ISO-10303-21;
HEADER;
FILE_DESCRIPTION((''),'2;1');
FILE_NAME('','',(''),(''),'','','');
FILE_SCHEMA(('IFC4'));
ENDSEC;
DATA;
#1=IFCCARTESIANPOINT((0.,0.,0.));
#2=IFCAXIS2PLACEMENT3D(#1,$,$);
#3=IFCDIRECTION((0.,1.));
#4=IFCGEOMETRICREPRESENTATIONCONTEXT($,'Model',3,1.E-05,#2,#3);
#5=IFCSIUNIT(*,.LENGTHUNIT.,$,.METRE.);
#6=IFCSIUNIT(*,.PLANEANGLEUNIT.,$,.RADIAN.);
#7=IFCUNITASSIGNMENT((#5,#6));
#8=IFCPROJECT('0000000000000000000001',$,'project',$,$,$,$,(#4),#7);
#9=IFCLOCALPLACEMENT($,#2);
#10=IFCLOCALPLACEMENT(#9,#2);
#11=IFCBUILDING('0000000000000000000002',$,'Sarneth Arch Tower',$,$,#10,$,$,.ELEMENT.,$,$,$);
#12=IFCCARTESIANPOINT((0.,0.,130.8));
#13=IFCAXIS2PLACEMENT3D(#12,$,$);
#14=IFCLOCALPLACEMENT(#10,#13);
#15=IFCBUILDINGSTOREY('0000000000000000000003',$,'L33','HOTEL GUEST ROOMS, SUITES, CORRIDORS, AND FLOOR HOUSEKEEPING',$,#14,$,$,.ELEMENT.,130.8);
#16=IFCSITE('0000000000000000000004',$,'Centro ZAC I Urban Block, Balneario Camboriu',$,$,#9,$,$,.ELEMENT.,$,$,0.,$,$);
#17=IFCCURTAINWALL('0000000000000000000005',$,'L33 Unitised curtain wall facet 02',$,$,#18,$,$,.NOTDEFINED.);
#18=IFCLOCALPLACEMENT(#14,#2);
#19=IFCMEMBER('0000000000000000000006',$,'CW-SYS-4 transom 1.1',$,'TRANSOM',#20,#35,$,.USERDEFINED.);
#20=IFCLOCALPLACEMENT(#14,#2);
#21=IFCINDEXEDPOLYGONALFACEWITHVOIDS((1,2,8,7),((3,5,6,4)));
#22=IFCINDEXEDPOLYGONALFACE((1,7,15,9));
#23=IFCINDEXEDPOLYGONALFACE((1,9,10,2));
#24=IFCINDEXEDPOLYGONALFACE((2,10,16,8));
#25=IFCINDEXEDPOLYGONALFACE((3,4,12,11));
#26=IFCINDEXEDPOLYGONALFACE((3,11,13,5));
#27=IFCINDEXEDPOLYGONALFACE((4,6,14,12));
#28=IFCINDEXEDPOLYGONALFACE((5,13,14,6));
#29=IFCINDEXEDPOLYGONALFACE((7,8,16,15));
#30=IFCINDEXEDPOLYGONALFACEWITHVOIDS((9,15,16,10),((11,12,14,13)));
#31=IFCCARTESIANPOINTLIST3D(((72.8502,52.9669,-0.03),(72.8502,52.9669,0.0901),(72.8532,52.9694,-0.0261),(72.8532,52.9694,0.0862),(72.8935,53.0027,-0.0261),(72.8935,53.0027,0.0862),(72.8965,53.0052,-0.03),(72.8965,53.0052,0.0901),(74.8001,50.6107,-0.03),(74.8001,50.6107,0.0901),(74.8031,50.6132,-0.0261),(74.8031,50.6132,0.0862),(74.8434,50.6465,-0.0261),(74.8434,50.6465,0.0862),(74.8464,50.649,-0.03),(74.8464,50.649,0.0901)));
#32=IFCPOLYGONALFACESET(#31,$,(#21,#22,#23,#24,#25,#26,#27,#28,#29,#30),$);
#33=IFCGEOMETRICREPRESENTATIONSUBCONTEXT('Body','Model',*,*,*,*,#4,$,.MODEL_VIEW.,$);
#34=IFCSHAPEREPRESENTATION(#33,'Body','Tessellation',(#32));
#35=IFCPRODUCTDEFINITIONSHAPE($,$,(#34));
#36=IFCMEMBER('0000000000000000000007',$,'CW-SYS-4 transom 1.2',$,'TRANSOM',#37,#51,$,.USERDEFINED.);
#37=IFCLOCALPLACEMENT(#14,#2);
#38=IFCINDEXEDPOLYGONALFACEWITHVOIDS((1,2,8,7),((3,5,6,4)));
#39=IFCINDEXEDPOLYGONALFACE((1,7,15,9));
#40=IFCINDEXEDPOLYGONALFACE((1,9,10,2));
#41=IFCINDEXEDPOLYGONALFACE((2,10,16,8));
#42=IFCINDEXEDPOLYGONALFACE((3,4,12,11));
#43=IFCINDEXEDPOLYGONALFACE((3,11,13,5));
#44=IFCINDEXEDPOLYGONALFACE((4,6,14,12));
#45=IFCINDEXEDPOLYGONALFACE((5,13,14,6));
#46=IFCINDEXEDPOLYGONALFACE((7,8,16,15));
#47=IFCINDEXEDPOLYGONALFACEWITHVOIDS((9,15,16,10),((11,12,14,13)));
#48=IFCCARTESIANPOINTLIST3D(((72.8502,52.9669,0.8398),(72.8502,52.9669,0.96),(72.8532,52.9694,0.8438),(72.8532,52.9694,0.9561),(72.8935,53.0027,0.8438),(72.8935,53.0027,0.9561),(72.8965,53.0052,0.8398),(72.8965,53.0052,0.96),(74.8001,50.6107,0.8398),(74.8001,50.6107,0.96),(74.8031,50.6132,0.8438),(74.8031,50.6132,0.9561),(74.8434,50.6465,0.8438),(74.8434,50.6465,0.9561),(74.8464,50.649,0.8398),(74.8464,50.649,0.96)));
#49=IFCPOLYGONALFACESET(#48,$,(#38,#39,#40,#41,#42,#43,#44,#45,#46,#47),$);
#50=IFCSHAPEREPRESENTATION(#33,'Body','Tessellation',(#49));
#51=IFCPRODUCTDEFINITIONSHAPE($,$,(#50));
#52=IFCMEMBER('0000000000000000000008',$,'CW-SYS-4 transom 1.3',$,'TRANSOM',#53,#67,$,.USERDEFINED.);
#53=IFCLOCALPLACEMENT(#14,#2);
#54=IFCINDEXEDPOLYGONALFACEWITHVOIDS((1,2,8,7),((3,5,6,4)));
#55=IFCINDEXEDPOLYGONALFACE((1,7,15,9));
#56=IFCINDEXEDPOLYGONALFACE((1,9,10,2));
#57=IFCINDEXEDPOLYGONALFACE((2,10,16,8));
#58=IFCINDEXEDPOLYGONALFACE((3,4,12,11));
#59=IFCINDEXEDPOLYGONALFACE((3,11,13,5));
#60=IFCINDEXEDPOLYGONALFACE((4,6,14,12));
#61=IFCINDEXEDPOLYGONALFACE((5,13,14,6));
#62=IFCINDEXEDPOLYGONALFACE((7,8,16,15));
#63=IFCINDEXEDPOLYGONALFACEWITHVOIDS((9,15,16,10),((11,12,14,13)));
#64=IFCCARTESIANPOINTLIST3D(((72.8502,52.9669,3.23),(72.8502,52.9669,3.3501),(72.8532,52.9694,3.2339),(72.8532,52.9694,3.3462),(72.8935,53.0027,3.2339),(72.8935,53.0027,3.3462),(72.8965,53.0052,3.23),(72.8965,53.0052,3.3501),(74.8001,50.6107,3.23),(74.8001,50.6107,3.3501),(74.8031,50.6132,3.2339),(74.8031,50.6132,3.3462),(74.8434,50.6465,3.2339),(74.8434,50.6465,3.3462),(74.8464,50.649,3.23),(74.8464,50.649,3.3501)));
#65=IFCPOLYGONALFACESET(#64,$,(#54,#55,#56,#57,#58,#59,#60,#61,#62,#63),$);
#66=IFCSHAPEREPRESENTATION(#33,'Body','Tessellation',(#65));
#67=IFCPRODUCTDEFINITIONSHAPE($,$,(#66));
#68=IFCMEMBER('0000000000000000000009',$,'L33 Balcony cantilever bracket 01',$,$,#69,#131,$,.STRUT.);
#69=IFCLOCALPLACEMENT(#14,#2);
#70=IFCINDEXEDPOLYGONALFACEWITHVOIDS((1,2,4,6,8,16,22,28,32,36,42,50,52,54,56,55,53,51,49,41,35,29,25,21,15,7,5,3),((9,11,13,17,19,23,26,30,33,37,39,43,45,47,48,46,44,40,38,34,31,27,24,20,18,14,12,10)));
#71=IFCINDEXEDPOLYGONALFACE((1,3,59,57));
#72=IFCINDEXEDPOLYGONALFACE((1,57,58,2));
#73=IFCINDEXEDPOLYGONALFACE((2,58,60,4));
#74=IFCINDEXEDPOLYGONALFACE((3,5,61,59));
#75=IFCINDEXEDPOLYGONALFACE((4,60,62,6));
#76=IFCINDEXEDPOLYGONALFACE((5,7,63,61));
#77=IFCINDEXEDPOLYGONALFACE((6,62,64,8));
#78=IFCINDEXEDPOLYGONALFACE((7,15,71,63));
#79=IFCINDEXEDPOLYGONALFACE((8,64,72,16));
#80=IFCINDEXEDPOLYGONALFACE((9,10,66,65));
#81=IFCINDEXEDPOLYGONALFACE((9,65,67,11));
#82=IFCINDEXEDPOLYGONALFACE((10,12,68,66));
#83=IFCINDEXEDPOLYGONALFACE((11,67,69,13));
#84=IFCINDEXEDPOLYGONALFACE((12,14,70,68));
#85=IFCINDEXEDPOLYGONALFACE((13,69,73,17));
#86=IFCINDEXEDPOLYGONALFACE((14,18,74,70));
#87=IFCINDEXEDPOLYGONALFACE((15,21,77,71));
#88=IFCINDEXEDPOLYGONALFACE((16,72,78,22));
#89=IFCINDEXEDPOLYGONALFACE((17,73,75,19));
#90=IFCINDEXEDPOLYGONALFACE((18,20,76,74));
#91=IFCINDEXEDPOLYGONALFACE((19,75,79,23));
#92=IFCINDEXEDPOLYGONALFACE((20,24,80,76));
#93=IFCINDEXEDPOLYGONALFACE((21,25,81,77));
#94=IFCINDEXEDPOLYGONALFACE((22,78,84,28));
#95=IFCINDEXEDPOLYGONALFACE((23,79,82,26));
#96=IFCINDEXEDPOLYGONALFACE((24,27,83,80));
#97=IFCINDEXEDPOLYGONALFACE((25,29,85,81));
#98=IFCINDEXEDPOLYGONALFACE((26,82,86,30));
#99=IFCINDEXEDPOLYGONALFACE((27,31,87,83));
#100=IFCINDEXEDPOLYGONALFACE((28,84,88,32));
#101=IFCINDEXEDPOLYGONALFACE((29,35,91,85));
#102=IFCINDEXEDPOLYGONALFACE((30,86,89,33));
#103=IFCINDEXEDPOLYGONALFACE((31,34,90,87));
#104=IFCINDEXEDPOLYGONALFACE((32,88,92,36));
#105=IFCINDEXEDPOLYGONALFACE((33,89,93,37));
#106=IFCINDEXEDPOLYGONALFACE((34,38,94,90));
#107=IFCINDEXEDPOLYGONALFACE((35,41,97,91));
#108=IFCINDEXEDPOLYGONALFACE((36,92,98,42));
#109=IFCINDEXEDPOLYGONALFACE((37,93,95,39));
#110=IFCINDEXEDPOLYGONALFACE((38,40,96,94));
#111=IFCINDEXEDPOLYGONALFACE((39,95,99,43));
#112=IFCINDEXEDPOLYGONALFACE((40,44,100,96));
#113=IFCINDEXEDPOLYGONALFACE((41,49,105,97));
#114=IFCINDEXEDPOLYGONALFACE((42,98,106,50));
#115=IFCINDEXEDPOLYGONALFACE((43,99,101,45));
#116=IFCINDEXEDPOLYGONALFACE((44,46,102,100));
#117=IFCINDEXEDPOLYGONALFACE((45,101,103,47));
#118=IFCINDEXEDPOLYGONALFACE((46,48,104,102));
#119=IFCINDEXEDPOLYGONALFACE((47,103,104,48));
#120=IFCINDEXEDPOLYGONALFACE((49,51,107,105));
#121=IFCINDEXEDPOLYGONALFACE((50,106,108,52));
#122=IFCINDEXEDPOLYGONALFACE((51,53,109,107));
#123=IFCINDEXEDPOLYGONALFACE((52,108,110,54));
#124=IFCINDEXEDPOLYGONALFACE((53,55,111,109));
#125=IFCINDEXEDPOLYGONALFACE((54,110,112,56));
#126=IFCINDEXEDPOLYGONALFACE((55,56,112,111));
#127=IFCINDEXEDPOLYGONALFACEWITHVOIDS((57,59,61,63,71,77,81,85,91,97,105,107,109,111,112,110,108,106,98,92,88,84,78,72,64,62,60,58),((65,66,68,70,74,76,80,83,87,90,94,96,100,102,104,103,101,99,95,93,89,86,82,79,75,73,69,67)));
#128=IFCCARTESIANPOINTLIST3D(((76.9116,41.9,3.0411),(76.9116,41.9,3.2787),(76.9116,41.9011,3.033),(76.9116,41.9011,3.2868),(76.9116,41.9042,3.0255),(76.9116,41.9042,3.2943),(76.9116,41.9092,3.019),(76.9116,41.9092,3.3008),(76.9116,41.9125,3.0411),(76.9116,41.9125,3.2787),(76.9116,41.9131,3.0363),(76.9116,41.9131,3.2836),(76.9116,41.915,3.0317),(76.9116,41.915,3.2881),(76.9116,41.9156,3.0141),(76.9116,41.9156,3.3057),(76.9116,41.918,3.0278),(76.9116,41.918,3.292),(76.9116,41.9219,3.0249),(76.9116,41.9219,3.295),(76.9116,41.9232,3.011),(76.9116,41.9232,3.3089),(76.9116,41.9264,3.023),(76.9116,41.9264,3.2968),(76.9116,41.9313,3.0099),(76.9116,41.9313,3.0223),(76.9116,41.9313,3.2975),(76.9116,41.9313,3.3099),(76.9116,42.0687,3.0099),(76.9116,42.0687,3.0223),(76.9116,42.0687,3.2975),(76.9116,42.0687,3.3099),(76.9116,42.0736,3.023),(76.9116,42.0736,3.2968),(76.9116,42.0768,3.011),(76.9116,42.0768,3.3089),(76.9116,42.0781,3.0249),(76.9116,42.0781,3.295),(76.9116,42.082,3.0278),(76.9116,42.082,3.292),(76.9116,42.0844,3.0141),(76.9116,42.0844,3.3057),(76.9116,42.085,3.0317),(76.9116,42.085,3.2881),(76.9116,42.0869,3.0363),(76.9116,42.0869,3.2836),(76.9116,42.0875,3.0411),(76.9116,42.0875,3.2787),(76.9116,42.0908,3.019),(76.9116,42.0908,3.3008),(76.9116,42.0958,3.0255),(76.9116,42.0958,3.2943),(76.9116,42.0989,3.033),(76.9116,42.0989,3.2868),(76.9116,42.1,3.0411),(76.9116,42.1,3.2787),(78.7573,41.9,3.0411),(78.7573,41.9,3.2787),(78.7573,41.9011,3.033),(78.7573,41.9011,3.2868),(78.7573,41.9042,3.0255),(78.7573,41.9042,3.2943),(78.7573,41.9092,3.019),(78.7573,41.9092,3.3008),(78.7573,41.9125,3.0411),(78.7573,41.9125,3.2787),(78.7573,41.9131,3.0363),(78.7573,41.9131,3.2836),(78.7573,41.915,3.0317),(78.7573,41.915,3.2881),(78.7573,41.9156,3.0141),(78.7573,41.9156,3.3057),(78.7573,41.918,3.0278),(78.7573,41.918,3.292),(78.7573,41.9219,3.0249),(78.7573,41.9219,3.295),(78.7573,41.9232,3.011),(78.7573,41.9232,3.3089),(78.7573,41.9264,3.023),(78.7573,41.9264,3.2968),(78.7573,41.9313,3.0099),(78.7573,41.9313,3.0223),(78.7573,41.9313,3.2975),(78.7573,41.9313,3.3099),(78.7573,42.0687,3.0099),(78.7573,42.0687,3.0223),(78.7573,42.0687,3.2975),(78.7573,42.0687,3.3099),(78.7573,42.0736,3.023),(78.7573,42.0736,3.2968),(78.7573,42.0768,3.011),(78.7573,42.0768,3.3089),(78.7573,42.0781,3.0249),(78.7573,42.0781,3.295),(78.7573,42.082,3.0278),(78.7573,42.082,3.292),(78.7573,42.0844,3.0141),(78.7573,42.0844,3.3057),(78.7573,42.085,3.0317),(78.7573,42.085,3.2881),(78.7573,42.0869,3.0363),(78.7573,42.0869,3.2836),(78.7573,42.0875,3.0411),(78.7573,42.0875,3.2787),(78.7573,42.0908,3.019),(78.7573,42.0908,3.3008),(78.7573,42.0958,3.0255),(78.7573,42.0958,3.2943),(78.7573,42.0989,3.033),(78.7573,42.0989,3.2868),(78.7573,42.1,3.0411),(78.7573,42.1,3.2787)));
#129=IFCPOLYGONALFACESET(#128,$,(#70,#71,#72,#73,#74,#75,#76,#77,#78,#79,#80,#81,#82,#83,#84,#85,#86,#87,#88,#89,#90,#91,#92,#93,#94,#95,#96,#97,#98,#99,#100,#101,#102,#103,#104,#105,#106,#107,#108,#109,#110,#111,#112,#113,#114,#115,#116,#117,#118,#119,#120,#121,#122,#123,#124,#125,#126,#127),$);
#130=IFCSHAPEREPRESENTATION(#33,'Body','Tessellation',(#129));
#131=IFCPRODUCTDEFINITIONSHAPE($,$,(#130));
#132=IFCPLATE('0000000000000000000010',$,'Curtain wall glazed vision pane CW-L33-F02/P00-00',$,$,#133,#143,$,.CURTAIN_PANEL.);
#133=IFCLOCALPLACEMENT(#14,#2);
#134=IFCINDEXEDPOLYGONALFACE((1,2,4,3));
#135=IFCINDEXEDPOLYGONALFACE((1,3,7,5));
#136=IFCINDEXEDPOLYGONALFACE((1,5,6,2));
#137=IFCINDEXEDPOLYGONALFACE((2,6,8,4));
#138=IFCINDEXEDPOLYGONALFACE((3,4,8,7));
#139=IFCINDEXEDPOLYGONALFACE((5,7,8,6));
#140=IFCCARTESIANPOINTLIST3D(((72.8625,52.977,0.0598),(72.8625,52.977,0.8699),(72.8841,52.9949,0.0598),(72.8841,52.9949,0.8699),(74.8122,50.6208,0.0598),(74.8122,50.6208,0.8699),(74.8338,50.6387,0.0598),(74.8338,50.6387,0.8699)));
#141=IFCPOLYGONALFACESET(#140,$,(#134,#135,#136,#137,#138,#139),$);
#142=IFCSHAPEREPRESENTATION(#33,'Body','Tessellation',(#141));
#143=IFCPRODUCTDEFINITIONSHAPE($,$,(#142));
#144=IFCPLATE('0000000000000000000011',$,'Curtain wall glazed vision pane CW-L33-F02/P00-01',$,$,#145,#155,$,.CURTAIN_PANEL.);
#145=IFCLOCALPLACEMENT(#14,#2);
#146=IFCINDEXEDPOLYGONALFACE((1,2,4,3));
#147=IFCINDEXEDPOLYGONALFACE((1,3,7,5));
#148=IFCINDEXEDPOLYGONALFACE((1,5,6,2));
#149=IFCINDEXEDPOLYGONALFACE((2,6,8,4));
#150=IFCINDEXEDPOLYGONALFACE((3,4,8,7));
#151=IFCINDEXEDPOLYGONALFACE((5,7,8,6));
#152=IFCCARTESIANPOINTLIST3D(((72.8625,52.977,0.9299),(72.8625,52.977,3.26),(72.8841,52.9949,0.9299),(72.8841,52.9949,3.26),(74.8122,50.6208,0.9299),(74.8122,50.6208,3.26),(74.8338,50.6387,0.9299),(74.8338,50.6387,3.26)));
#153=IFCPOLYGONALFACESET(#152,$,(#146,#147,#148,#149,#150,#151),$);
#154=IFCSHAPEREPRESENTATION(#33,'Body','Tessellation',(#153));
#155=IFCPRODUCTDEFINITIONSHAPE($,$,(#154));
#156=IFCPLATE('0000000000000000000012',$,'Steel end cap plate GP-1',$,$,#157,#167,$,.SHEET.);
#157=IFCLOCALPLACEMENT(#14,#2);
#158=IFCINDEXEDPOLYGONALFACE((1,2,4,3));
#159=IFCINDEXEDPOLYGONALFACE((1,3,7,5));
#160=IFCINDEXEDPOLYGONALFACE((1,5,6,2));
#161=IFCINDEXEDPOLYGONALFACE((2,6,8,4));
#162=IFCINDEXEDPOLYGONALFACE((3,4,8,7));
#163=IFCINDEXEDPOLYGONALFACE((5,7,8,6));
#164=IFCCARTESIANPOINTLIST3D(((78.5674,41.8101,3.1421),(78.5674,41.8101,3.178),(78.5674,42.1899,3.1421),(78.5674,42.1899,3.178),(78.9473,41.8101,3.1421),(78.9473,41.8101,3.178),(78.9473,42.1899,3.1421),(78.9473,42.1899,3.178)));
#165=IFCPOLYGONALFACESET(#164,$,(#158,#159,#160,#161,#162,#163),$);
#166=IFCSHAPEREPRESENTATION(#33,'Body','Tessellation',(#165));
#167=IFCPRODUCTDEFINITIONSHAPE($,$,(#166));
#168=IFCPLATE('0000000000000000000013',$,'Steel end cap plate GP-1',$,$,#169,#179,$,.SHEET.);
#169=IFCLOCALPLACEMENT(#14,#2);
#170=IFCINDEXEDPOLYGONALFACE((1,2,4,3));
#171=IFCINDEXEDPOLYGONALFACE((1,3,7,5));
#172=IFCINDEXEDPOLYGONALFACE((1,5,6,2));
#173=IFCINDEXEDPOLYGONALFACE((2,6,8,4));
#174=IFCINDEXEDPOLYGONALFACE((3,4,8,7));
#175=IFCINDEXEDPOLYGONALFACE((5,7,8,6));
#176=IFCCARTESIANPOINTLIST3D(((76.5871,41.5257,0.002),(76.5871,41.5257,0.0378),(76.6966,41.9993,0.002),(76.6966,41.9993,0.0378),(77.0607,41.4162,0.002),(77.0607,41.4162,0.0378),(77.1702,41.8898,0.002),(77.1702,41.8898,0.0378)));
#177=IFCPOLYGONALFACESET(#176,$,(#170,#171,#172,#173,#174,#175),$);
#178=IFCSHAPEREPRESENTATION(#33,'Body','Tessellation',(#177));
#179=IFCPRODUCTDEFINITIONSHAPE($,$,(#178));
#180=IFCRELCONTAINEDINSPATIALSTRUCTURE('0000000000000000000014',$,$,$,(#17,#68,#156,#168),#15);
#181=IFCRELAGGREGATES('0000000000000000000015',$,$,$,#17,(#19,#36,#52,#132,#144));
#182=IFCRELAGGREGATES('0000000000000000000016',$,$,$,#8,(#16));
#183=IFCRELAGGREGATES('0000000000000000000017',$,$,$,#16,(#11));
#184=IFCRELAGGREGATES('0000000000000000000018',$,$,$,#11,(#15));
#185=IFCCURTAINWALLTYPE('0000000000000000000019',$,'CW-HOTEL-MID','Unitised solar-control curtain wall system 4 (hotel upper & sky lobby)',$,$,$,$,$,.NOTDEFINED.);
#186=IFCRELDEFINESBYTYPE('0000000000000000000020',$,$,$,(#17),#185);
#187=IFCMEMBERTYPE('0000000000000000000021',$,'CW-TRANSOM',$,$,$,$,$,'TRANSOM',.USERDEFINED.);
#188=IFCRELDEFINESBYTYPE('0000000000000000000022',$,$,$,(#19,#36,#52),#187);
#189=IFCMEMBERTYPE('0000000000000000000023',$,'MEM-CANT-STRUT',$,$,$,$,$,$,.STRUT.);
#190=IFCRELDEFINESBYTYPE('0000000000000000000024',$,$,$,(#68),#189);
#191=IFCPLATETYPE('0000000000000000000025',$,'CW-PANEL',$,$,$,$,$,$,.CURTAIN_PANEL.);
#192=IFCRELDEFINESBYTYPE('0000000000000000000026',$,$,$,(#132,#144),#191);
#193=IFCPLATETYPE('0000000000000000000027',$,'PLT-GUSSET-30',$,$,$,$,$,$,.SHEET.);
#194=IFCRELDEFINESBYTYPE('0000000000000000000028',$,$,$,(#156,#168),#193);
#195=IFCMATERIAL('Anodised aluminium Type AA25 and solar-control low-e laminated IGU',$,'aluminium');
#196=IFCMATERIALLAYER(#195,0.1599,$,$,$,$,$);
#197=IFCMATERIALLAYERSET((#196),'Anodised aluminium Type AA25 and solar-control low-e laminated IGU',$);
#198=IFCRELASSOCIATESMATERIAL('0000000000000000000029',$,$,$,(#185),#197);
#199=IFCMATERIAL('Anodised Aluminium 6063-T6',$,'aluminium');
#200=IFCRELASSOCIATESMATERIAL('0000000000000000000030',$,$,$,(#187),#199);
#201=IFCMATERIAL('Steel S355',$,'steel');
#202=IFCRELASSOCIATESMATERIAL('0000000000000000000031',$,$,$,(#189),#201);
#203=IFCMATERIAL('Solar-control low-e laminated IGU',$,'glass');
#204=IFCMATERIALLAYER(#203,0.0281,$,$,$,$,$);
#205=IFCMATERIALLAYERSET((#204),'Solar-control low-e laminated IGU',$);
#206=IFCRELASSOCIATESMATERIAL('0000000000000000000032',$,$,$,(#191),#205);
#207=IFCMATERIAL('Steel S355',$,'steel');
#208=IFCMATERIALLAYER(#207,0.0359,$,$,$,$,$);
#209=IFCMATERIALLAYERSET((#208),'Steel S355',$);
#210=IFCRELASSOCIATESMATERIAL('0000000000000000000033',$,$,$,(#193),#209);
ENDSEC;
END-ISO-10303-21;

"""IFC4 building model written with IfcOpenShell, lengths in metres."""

from ifc_helpers import new_model, si_unit, direction, frame, origin, origin_2d, place, context, subcontext, project, spatial, rectangle, hollow_rectangle, extrude, material, layer, layer_set, material_profile, profile_set, type_object, element, aggregate, save


model = new_model("IFC4")

# Units and contexts
model_context = context("Model", 3, precision=1e-05, world=origin(), true_north=direction((0.0, 1.0)))
body_context = subcontext(model_context, "Body", "Model", "MODEL_VIEW")
ifc_project = project(units=[si_unit("LENGTHUNIT", "METRE"), si_unit("PLANEANGLEUNIT", "RADIAN")], contexts=[model_context])

# Site, building, storey
site_placement = place(None, origin())
site = spatial("IfcSite", under=ifc_project, at=site_placement, Name="Centro ZAC I Urban Block, Balneario Camboriu", CompositionType="ELEMENT", RefElevation=0.0)
building_placement = place(site_placement, origin())
building = spatial("IfcBuilding", under=site, at=building_placement, Name="Sarneth Arch Tower", CompositionType="ELEMENT")
storey_placement = place(building_placement, frame((0.0, 0.0, 130.8)))
storey = spatial("IfcBuildingStorey", under=building, at=storey_placement, Name="L33", Description="HOTEL GUEST ROOMS, SUITES, CORRIDORS, AND FLOOR HOUSEKEEPING", CompositionType="ELEMENT", Elevation=130.8)

# Curtain wall, members
ifc_material_1 = material(Name="Anodised aluminium Type AA25 and solar-control low-e laminated IGU", Category="aluminium")
ifc_layer_1 = layer(ifc_material_1, 0.1599)
ifc_layer_set_1 = layer_set([ifc_layer_1], Name="Anodised aluminium Type AA25 and solar-control low-e laminated IGU")
curtain_wall_type = type_object("IfcCurtainWallType", Name="CW-HOTEL-MID", Description="Unitised solar-control curtain wall system 4 (hotel upper & sky lobby)", PredefinedType="NOTDEFINED", material=ifc_layer_set_1)
curtain_wall_placement = place(storey_placement, origin())
curtain_wall = element("IfcCurtainWall", 1, at=curtain_wall_placement, inside=storey, type_object=curtain_wall_type, Name="L33 Unitised curtain wall facet 02", PredefinedType="NOTDEFINED")
ifc_material_2 = material(Name="Anodised Aluminium 6063-T6", Category="aluminium")
ifc_material_profile_1 = material_profile(ifc_material_2, hollow_rectangle(XDim=0.0601, YDim=0.1201, WallThickness=0.0039, at=origin_2d()), Name="AL-TRAN-120x60x4")
ifc_profile_set_1 = profile_set([ifc_material_profile_1], Name="Anodised Aluminium 6063-T6")
member_type_1 = type_object("IfcMemberType", Name="CW-TRANSOM", ElementType="TRANSOM", PredefinedType="USERDEFINED", material=ifc_profile_set_1)
member_1_placement = place(storey_placement, frame((74.8232, 50.6299, 0.03), z_axis=(-0.637566, 0.770396, 0.0), x_axis=(-0.770396, -0.637566, 0.0)))
member_1 = element("IfcMember", 2, at=member_1_placement, type_object=member_type_1, Name="CW-SYS-4 transom 1.1", ObjectType="TRANSOM", PredefinedType="USERDEFINED", context=body_context, shape_type="SweptSolid", body=[
    extrude(hollow_rectangle(XDim=0.0601, YDim=0.1201, WallThickness=0.0039, at=origin_2d()), origin(), (0.0, 0.0, 1.0), 3.0583),
])
member_2_placement = place(storey_placement, frame((74.8232, 50.6299, 0.8999), z_axis=(-0.637566, 0.770396, 0.0), x_axis=(-0.770396, -0.637566, 0.0)))
member_2 = element("IfcMember", 3, at=member_2_placement, type_object=member_type_1, Name="CW-SYS-4 transom 1.2", ObjectType="TRANSOM", PredefinedType="USERDEFINED", context=body_context, shape_type="SweptSolid", body=[
    extrude(hollow_rectangle(XDim=0.0601, YDim=0.1201, WallThickness=0.0039, at=origin_2d()), origin(), (0.0, 0.0, 1.0), 3.0583),
])
member_3_placement = place(storey_placement, frame((74.8232, 50.6299, 3.29), z_axis=(-0.637566, 0.770396, 0.0), x_axis=(-0.770396, -0.637566, 0.0)))
member_3 = element("IfcMember", 4, at=member_3_placement, type_object=member_type_1, Name="CW-SYS-4 transom 1.3", ObjectType="TRANSOM", PredefinedType="USERDEFINED", context=body_context, shape_type="SweptSolid", body=[
    extrude(hollow_rectangle(XDim=0.0601, YDim=0.1201, WallThickness=0.0039, at=origin_2d()), origin(), (0.0, 0.0, 1.0), 3.0583),
])

# Member
ifc_material_3 = material(Name="Steel S355", Category="steel")
ifc_material_profile_2 = material_profile(ifc_material_3, hollow_rectangle(XDim=0.2, YDim=0.3, WallThickness=0.0125, InnerFilletRadius=0.0188, OuterFilletRadius=0.0312, at=origin_2d()), Name="RHS300x200x12.5")
ifc_profile_set_2 = profile_set([ifc_material_profile_2], Name="Steel S355")
member_type_2 = type_object("IfcMemberType", Name="MEM-CANT-STRUT", PredefinedType="STRUT", material=ifc_profile_set_2)
member_4_placement = place(storey_placement, frame((76.9116, 42.0, 3.1599), z_axis=(1.0, 0.0, 0.0), x_axis=(0.0, 1.0, 0.0)))
element("IfcMember", 5, at=member_4_placement, inside=storey, type_object=member_type_2, Name="L33 Balcony cantilever bracket 01", PredefinedType="STRUT", context=body_context, shape_type="SweptSolid", body=[
    extrude(hollow_rectangle(XDim=0.2, YDim=0.3, WallThickness=0.0125, InnerFilletRadius=0.0188, OuterFilletRadius=0.0312, at=origin_2d()), origin(), (0.0, 0.0, 1.0), 1.8457),
])

# Plates
ifc_material_4 = material(Name="Solar-control low-e laminated IGU", Category="glass")
ifc_layer_2 = layer(ifc_material_4, 0.0281)
ifc_layer_set_2 = layer_set([ifc_layer_2], Name="Solar-control low-e laminated IGU")
plate_type_1 = type_object("IfcPlateType", Name="CW-PANEL", PredefinedType="CURTAIN_PANEL", material=ifc_layer_set_2)
plate_1_placement = place(storey_placement, frame((73.8481, 51.8079, 0.0598), z_axis=(0.0, 0.0, 1.0), x_axis=(-0.637515, 0.770438, 0.0)))
plate_1 = element("IfcPlate", 6, at=plate_1_placement, type_object=plate_type_1, Name="Curtain wall glazed vision pane CW-L33-F02/P00-00", PredefinedType="CURTAIN_PANEL", context=body_context, shape_type="SweptSolid", body=[
    extrude(rectangle(XDim=3.0583, YDim=0.0281, at=origin_2d()), origin(), (0.0, 0.0, 1.0), 0.8101),
])
plate_2_placement = place(storey_placement, frame((73.8481, 51.8079, 0.9299), z_axis=(0.0, 0.0, 1.0), x_axis=(-0.637515, 0.770438, 0.0)))
plate_2 = element("IfcPlate", 7, at=plate_2_placement, type_object=plate_type_1, Name="Curtain wall glazed vision pane CW-L33-F02/P00-01", PredefinedType="CURTAIN_PANEL", context=body_context, shape_type="SweptSolid", body=[
    extrude(rectangle(XDim=3.0583, YDim=0.0281, at=origin_2d()), origin(), (0.0, 0.0, 1.0), 2.3301),
])
aggregate(curtain_wall, [member_1, member_2, member_3, plate_1, plate_2])

# Plates
ifc_material_5 = material(Name="Steel S355", Category="steel")
ifc_layer_3 = layer(ifc_material_5, 0.0359)
ifc_layer_set_3 = layer_set([ifc_layer_3], Name="Steel S355")
plate_type_2 = type_object("IfcPlateType", Name="PLT-GUSSET-30", PredefinedType="SHEET", material=ifc_layer_set_3)
plate_3_placement = place(storey_placement, frame((78.7573, 42.0, 3.1421), z_axis=(0.0, 0.0, 1.0), x_axis=(1.0, 0.0, 0.0)))
element("IfcPlate", 8, at=plate_3_placement, inside=storey, type_object=plate_type_2, Name="Steel end cap plate GP-1", PredefinedType="SHEET", context=body_context, shape_type="SweptSolid", body=[
    extrude(rectangle(XDim=0.3799, YDim=0.3799, at=origin_2d()), origin(), (0.0, 0.0, 1.0), 0.0359),
])
plate_4_placement = place(storey_placement, frame((76.8787, 41.7078, 0.002), z_axis=(0.0, 0.0, 1.0), x_axis=(0.225291, 0.974291, 0.0)))
element("IfcPlate", 9, at=plate_4_placement, inside=storey, type_object=plate_type_2, Name="Steel end cap plate GP-1", PredefinedType="SHEET", context=body_context, shape_type="SweptSolid", body=[
    extrude(rectangle(XDim=0.4861, YDim=0.4861, at=origin_2d()), origin(), (0.0, 0.0, 1.0), 0.0359),
])

save(model, "model.ifc")
